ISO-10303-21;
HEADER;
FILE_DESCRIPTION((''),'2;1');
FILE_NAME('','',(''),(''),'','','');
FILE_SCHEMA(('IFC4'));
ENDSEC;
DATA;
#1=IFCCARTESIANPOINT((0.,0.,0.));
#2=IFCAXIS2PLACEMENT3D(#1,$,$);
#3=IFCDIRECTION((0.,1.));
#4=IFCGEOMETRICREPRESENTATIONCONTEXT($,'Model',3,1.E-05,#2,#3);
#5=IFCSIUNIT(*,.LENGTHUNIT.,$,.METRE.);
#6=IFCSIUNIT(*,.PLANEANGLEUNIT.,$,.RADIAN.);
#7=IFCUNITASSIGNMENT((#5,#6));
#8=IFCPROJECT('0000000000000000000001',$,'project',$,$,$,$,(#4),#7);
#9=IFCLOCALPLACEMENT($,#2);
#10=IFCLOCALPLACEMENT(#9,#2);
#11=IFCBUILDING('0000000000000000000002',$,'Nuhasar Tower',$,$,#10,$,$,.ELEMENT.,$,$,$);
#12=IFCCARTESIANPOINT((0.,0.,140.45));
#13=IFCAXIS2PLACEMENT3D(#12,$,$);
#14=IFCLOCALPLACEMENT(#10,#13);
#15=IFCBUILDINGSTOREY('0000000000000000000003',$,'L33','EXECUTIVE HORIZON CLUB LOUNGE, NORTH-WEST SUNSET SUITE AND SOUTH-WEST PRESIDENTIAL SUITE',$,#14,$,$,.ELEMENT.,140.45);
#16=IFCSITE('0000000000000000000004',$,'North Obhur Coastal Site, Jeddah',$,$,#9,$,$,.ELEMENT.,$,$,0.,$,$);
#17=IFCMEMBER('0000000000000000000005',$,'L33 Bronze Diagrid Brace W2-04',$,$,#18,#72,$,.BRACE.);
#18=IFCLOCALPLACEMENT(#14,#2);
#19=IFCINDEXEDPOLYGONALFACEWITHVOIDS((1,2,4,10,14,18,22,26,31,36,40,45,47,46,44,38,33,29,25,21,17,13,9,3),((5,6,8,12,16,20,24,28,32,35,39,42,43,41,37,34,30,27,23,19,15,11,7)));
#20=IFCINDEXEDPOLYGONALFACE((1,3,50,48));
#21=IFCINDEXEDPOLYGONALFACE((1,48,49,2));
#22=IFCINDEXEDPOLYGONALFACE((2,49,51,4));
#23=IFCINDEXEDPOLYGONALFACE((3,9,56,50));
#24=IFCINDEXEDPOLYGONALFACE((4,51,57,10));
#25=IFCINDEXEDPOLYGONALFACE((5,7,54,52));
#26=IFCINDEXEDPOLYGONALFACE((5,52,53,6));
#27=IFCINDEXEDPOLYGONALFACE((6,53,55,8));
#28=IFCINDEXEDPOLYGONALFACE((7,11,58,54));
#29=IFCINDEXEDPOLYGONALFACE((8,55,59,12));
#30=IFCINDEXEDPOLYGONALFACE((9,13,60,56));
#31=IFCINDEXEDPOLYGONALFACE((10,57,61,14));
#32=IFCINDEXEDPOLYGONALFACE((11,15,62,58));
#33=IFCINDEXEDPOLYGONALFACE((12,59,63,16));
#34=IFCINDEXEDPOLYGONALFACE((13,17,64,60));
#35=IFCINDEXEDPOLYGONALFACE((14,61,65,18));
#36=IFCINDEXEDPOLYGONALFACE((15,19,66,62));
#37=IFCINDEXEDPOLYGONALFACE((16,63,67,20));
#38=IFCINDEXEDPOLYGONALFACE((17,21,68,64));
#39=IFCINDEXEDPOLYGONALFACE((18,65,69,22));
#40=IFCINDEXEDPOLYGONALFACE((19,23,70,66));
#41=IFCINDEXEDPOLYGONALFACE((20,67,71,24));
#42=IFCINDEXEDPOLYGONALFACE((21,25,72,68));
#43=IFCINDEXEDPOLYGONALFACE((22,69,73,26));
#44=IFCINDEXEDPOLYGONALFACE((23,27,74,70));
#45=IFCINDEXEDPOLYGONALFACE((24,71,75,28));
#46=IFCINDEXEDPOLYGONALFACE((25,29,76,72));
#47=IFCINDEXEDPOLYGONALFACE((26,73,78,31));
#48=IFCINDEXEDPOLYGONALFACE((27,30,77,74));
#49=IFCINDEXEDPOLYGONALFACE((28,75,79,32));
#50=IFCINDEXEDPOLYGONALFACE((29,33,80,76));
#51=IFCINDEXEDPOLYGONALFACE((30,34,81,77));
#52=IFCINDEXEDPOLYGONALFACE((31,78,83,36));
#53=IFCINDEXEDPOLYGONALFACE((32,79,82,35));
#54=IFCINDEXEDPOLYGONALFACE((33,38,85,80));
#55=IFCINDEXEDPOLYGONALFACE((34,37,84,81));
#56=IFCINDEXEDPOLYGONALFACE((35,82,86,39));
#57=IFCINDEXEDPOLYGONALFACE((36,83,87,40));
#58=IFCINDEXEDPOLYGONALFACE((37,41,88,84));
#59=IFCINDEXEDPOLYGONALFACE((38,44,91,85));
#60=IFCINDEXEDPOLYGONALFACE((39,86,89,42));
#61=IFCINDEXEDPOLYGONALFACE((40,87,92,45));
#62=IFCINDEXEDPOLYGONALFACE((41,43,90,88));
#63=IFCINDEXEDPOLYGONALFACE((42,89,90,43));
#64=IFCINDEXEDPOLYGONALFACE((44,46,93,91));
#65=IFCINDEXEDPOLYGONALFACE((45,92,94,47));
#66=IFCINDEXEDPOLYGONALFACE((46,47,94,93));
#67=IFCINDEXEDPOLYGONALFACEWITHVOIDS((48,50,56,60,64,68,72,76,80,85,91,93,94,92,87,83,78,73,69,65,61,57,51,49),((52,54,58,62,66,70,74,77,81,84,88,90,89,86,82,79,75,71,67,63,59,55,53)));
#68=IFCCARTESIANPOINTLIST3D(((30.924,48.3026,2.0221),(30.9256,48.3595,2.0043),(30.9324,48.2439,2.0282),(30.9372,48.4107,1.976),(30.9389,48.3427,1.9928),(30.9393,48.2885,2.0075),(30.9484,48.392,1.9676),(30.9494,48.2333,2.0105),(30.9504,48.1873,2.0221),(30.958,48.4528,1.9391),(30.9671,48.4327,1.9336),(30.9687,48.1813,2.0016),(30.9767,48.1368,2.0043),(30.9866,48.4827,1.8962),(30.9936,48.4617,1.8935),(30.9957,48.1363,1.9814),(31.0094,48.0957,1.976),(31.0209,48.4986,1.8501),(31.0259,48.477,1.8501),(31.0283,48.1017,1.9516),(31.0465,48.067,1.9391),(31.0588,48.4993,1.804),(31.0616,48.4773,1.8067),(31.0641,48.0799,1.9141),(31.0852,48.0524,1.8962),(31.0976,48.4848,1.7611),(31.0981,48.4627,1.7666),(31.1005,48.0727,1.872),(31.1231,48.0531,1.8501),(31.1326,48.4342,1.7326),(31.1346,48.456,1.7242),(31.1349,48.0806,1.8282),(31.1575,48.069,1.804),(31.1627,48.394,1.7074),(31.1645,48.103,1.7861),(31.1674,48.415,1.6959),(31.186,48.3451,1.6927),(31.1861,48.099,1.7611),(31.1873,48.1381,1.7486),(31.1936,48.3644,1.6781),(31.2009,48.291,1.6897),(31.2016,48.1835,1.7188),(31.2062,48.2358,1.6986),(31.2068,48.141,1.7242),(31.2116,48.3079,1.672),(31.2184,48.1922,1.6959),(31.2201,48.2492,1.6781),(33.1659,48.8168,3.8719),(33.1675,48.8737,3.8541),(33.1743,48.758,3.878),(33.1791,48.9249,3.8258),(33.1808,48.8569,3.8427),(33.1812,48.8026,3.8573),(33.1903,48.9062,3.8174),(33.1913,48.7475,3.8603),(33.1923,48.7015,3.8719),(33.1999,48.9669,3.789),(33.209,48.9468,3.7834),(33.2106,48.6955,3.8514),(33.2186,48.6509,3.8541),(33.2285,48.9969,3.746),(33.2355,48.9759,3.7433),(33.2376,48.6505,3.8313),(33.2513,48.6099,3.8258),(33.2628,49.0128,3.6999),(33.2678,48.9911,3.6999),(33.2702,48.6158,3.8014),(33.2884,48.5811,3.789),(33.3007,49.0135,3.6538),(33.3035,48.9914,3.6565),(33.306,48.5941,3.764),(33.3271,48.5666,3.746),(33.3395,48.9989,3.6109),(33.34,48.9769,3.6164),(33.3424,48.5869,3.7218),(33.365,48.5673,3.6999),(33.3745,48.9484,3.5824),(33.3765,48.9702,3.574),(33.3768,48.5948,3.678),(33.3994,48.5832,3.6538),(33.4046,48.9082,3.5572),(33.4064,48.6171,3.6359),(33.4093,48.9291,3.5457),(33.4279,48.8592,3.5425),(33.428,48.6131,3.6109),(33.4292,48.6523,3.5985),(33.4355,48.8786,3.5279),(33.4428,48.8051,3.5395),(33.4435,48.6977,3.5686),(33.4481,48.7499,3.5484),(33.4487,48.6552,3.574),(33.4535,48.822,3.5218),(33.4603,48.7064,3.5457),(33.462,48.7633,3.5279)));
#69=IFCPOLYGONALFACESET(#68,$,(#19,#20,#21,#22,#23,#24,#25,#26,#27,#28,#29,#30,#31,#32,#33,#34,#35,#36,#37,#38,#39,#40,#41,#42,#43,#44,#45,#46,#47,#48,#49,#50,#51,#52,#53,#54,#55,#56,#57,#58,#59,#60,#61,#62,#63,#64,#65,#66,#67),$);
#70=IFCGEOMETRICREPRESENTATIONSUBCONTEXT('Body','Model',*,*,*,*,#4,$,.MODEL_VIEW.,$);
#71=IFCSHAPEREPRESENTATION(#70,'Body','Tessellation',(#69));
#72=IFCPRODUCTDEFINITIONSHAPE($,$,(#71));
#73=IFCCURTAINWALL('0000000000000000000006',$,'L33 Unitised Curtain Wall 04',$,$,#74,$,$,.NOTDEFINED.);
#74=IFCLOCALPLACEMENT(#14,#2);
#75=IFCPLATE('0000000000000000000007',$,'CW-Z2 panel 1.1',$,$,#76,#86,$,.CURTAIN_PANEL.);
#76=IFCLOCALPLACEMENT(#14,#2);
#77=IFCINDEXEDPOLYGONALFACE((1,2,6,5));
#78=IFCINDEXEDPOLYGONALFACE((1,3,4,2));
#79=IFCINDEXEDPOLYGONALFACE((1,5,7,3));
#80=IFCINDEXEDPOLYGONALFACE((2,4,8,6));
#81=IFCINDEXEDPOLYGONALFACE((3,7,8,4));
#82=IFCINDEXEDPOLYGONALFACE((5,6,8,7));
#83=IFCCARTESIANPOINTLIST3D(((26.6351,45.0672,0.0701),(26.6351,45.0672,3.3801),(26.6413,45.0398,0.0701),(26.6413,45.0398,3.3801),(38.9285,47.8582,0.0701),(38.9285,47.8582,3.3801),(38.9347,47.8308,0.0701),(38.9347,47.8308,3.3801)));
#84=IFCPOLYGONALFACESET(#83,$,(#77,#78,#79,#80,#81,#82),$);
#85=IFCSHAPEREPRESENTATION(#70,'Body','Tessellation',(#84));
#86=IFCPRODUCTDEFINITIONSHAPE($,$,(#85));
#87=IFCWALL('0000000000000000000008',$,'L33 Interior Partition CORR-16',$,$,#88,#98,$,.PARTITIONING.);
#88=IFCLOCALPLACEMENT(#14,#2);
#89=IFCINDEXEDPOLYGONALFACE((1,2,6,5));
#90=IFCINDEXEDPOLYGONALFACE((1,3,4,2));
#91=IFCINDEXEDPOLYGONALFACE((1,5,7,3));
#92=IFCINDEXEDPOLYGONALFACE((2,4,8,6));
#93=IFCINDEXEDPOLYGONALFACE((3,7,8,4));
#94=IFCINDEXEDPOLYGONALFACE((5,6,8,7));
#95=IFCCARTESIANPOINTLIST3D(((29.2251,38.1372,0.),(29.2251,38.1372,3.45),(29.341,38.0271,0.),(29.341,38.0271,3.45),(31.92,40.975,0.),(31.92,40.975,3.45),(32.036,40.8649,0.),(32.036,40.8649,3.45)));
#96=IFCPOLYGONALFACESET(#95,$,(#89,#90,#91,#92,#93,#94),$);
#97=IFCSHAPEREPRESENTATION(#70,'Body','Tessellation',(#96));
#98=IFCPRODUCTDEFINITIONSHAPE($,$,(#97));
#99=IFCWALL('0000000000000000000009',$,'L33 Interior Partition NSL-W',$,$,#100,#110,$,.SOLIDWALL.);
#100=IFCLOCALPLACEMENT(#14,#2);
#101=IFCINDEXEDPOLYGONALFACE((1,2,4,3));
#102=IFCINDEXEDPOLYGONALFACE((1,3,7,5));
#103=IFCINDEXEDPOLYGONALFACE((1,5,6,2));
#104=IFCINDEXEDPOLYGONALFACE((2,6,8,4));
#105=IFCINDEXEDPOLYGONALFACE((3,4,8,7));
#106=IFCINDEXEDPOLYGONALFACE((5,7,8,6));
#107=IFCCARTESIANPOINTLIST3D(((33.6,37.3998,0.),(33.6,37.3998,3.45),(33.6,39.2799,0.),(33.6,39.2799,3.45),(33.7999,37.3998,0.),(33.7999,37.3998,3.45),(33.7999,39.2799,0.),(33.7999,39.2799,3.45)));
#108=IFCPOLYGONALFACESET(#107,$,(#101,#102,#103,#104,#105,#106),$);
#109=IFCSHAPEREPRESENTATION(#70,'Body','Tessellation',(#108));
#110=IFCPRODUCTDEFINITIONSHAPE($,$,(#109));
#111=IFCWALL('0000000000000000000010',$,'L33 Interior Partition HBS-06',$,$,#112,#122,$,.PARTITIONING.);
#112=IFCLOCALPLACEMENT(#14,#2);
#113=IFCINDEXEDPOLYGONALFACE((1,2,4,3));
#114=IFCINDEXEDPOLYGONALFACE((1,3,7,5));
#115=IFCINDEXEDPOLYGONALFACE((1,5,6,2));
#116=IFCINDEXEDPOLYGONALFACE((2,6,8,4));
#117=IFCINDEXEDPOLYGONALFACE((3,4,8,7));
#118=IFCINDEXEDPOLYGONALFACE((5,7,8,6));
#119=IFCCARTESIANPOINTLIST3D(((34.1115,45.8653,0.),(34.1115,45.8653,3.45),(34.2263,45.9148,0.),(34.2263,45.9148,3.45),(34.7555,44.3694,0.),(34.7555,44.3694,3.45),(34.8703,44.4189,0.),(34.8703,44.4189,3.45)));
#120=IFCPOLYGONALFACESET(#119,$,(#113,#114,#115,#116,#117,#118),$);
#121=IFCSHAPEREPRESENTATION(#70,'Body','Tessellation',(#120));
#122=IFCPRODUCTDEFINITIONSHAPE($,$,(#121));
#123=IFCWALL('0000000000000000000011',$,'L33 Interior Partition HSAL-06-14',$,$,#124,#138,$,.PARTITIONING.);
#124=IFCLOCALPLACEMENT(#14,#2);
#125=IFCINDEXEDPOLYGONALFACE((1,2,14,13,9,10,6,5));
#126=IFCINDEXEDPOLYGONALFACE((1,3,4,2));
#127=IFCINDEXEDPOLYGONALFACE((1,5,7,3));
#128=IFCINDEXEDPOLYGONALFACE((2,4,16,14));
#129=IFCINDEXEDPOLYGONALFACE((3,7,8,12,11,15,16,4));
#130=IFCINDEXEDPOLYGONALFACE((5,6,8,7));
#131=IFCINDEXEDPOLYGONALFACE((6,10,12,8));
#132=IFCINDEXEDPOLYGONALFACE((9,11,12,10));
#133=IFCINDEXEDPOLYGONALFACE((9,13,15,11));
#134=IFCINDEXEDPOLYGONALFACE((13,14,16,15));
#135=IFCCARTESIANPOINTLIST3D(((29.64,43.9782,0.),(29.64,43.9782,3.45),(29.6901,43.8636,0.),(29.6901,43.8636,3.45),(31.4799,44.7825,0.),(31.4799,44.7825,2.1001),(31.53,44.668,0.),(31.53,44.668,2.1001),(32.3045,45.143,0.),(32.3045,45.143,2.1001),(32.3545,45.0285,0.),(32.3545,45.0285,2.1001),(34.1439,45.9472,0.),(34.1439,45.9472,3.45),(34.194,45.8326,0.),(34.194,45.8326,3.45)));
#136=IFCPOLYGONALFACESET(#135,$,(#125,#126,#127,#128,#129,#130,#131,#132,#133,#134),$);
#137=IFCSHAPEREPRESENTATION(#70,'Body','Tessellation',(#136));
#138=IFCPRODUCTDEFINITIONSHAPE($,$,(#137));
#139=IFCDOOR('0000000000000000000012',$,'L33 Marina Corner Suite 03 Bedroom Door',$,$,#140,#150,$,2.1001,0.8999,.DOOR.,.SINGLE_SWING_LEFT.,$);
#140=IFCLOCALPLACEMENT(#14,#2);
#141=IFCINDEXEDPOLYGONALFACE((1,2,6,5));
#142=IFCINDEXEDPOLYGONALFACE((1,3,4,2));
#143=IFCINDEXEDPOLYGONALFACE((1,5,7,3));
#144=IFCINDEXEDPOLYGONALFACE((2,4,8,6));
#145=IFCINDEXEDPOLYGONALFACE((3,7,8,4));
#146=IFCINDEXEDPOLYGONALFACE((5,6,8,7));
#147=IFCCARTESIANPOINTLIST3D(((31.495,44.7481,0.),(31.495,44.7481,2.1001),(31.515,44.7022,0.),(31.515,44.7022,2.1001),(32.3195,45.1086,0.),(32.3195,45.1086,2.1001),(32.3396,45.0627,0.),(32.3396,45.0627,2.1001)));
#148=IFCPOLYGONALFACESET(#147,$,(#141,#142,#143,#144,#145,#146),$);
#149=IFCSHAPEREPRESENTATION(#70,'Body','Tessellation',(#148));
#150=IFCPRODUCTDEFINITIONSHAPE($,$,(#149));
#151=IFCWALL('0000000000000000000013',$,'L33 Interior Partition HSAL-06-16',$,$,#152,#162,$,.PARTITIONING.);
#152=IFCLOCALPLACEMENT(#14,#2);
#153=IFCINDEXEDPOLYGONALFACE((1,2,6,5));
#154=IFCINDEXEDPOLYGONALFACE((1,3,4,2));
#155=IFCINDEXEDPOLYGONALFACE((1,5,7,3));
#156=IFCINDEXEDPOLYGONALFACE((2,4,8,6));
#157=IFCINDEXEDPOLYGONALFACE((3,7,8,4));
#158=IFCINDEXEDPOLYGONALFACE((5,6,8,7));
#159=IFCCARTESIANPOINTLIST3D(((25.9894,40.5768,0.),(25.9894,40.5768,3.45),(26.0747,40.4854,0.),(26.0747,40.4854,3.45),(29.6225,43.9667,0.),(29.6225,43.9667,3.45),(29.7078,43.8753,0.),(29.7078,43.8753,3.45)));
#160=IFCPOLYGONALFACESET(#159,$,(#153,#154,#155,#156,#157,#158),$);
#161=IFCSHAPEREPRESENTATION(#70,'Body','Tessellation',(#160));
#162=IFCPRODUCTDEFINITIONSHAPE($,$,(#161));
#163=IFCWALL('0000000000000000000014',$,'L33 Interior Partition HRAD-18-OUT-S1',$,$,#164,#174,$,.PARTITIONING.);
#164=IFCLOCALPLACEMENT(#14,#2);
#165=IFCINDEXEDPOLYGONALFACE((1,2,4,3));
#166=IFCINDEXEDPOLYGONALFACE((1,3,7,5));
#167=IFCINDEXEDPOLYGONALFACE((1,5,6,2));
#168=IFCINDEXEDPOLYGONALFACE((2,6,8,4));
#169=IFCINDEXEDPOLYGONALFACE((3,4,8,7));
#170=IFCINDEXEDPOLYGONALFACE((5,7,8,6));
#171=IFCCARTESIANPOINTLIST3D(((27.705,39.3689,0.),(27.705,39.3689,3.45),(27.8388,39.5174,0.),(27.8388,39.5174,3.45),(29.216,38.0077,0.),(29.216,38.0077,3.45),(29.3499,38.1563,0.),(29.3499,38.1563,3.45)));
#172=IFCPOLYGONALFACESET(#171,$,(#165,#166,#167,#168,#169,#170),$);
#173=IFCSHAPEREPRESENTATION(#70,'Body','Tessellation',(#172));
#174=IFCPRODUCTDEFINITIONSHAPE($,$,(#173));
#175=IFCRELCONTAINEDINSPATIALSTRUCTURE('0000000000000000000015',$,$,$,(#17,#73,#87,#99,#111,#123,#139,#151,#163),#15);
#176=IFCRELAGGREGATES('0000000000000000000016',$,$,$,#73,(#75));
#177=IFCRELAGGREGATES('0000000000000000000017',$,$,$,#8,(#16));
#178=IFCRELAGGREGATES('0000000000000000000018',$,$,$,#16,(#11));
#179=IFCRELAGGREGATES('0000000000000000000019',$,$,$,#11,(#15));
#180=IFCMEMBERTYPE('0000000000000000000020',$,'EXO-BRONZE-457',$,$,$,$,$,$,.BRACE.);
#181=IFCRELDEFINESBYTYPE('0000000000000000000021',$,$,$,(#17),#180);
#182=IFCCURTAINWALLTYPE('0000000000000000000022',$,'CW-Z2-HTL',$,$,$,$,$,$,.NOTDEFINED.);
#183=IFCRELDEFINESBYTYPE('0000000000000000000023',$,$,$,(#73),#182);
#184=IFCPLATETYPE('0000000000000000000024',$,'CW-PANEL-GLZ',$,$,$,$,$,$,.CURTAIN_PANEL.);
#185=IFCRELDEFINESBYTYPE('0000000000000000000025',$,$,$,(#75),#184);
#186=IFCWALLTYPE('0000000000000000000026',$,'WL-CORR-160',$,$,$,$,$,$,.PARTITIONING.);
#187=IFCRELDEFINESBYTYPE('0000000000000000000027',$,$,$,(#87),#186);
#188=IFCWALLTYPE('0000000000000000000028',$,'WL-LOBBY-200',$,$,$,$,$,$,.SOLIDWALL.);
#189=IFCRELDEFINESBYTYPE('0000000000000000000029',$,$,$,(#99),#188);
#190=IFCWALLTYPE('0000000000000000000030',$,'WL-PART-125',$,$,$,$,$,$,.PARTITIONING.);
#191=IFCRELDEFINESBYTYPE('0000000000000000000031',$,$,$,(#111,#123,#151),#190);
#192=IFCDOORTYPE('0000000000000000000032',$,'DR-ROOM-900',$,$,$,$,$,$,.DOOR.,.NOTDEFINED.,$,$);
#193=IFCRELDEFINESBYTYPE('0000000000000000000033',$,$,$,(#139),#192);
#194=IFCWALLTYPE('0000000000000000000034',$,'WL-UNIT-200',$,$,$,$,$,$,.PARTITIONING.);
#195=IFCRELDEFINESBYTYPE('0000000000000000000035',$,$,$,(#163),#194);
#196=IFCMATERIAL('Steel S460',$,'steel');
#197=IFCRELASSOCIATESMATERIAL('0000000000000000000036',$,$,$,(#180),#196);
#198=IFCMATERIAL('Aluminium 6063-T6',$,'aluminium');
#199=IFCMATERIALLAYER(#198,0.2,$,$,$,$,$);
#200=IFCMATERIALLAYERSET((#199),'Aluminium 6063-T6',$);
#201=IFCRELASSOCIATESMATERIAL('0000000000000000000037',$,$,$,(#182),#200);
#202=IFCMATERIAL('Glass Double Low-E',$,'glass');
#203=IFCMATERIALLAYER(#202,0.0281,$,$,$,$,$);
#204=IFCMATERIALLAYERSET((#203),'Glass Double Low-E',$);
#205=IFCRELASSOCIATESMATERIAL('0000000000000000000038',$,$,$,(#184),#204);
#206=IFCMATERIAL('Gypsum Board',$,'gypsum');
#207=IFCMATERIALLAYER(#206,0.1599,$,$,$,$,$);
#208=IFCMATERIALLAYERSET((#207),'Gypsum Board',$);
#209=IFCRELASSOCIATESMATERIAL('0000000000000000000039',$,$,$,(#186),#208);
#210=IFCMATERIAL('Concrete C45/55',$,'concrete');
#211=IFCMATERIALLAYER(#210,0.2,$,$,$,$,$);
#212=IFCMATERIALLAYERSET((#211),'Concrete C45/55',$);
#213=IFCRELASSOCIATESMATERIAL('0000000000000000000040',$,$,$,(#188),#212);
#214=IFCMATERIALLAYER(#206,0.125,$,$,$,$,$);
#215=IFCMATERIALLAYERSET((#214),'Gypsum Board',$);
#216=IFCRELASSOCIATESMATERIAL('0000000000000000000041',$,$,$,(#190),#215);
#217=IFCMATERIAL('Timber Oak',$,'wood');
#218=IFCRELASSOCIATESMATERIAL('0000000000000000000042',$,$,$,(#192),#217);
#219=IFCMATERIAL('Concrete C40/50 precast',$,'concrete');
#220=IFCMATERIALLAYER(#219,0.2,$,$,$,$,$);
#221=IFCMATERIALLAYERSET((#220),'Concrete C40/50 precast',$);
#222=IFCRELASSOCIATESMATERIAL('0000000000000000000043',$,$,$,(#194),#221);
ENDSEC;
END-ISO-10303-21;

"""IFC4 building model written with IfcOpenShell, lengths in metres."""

from ifc_helpers import new_model, si_unit, direction, frame, frame_2d, origin, origin_2d, place, context, subcontext, project, spatial, rectangle, hollow_circle, extrude, material, layer, layer_set, material_profile, profile_set, type_object, element, fill, aggregate, save


model = new_model("IFC4")

# Units and contexts
model_context = context("Model", 3, precision=1e-05, world=origin(), true_north=direction((0.0, 1.0)))
body_context = subcontext(model_context, "Body", "Model", "MODEL_VIEW")
ifc_project = project(units=[si_unit("LENGTHUNIT", "METRE"), si_unit("PLANEANGLEUNIT", "RADIAN")], contexts=[model_context])

# Site, building, storey
site_placement = place(None, origin())
site = spatial("IfcSite", under=ifc_project, at=site_placement, Name="North Obhur Coastal Site, Jeddah", CompositionType="ELEMENT", RefElevation=0.0)
building_placement = place(site_placement, origin())
building = spatial("IfcBuilding", under=site, at=building_placement, Name="Nuhasar Tower", CompositionType="ELEMENT")
storey_placement = place(building_placement, frame((0.0, 0.0, 140.45)))
storey = spatial("IfcBuildingStorey", under=building, at=storey_placement, Name="L33", Description="EXECUTIVE HORIZON CLUB LOUNGE, NORTH-WEST SUNSET SUITE AND SOUTH-WEST PRESIDENTIAL SUITE", CompositionType="ELEMENT", Elevation=140.45)

# Member
ifc_material_1 = material(Name="Steel S460", Category="steel")
ifc_material_profile_1 = material_profile(ifc_material_1, hollow_circle(Radius=0.2285, WallThickness=0.0222, at=origin_2d()), Name="HSS457X22.2")
ifc_profile_set_1 = profile_set([ifc_material_profile_1], Name="Steel S460")
member_type = type_object("IfcMemberType", Name="EXO-BRONZE-457", PredefinedType="BRACE", material=ifc_profile_set_1)
member_1_placement = place(storey_placement, frame((31.072, 48.2759, 1.8501), z_axis=(0.759539, 0.17419, 0.626704), x_axis=(-0.223534, 0.974696, 0.0)))
element("IfcMember", 1, at=member_1_placement, inside=storey, type_object=member_type, Name="L33 Bronze Diagrid Brace W2-04", PredefinedType="BRACE", context=body_context, shape_type="SweptSolid", body=[
    extrude(hollow_circle(Radius=0.2285, WallThickness=0.0222, at=origin_2d()), origin(), (0.0, 0.0, 1.0), 2.9517),
])

# Curtain wall, plate
ifc_material_2 = material(Name="Aluminium 6063-T6", Category="aluminium")
ifc_layer_1 = layer(ifc_material_2, 0.2)
ifc_layer_set_1 = layer_set([ifc_layer_1], Name="Aluminium 6063-T6")
curtain_wall_type = type_object("IfcCurtainWallType", Name="CW-Z2-HTL", PredefinedType="NOTDEFINED", material=ifc_layer_set_1)
curtain_wall_placement = place(storey_placement, origin())
curtain_wall = element("IfcCurtainWall", 2, at=curtain_wall_placement, inside=storey, type_object=curtain_wall_type, Name="L33 Unitised Curtain Wall 04", PredefinedType="NOTDEFINED")
ifc_material_3 = material(Name="Glass Double Low-E", Category="glass")
ifc_layer_2 = layer(ifc_material_3, 0.0281)
ifc_layer_set_2 = layer_set([ifc_layer_2], Name="Glass Double Low-E")
plate_type = type_object("IfcPlateType", Name="CW-PANEL-GLZ", PredefinedType="CURTAIN_PANEL", material=ifc_layer_set_2)
plate_placement = place(storey_placement, frame((32.7849, 46.449, 0.0701), z_axis=(0.0, 0.0, 1.0), x_axis=(-0.975184, -0.221397, 0.0)))
plate = element("IfcPlate", 3, at=plate_placement, type_object=plate_type, Name="CW-Z2 panel 1.1", PredefinedType="CURTAIN_PANEL", context=body_context, shape_type="SweptSolid", body=[
    extrude(rectangle(XDim=12.6062, YDim=0.0281, at=origin_2d()), origin(), (0.0, 0.0, 1.0), 3.3101),
])
aggregate(curtain_wall, [plate])

# Shared definitions
ifc_material_4 = material(Name="Gypsum Board", Category="gypsum")
ifc_layer_3 = layer(ifc_material_4, 0.1599)
ifc_layer_set_3 = layer_set([ifc_layer_3], Name="Gypsum Board")
wall_type_1 = type_object("IfcWallType", Name="WL-CORR-160", PredefinedType="PARTITIONING", material=ifc_layer_set_3)
ifc_material_5 = material(Name="Timber Oak", Category="wood")

# Walls
wall_1_placement = place(storey_placement, frame((31.978, 40.9199, 0.0), z_axis=(0.0, 0.0, 1.0), x_axis=(-0.688625, -0.725118, 0.0)))
element("IfcWall", 4, at=wall_1_placement, inside=storey, type_object=wall_type_1, Name="L33 Interior Partition CORR-16", PredefinedType="PARTITIONING", context=body_context, shape_type="SweptSolid", body=[
    extrude(rectangle(XDim=3.9136, YDim=0.1599, at=frame_2d((1.9568, 0.0))), origin(), (0.0, 0.0, 1.0), 3.45),
])
ifc_material_6 = material(Name="Concrete C45/55", Category="concrete")
ifc_layer_4 = layer(ifc_material_6, 0.2)
ifc_layer_set_4 = layer_set([ifc_layer_4], Name="Concrete C45/55")
wall_type_2 = type_object("IfcWallType", Name="WL-LOBBY-200", PredefinedType="SOLIDWALL", material=ifc_layer_set_4)
wall_2_placement = place(storey_placement, frame((33.7, 37.3999, 0.0), z_axis=(0.0, 0.0, 1.0), x_axis=(0.0, 1.0, 0.0)))
element("IfcWall", 5, at=wall_2_placement, inside=storey, type_object=wall_type_2, Name="L33 Interior Partition NSL-W", PredefinedType="SOLIDWALL", context=body_context, shape_type="SweptSolid", body=[
    extrude(rectangle(XDim=1.8801, YDim=0.2, at=frame_2d((0.9399, 0.0))), origin(), (0.0, 0.0, 1.0), 3.45),
])
ifc_layer_5 = layer(ifc_material_4, 0.125)
ifc_layer_set_5 = layer_set([ifc_layer_5], Name="Gypsum Board")
wall_type_3 = type_object("IfcWallType", Name="WL-PART-125", PredefinedType="PARTITIONING", material=ifc_layer_set_5)
wall_3_placement = place(storey_placement, frame((34.813, 44.394, 0.0), z_axis=(0.0, 0.0, 1.0), x_axis=(-0.395457, 0.918485, 0.0)))
element("IfcWall", 6, at=wall_3_placement, inside=storey, type_object=wall_type_3, Name="L33 Interior Partition HBS-06", PredefinedType="PARTITIONING", context=body_context, shape_type="SweptSolid", body=[
    extrude(rectangle(XDim=1.6287, YDim=0.125, at=frame_2d((0.8145, 0.0))), origin(), (0.0, 0.0, 1.0), 3.45),
])

# Wall, opening, door
wall_4_placement = place(storey_placement, frame((29.665, 43.9209, 0.0), z_axis=(0.0, 0.0, 1.0), x_axis=(0.916267, 0.400569, 0.0)))
wall_4 = element("IfcWall", 7, at=wall_4_placement, inside=storey, type_object=wall_type_3, Name="L33 Interior Partition HSAL-06-14", PredefinedType="PARTITIONING", context=body_context, shape_type="SweptSolid", body=[
    extrude(rectangle(XDim=4.9155, YDim=0.125, at=frame_2d((2.4578, 0.0))), origin(), (0.0, 0.0, 1.0), 3.45),
])
opening_1_placement = place(wall_4_placement, frame((2.0081, 0.0, 0.0)))
opening_1 = element("IfcOpeningElement", 8, at=opening_1_placement, cuts=wall_4, PredefinedType="OPENING", context=body_context, shape_type="SweptSolid", body=[
    extrude(rectangle(XDim=0.8999, YDim=2.1001, at=frame_2d((0.45, 1.05))), frame((0.0, 0.0725, 0.0), z_axis=(0.0, -1.0, 0.0), x_axis=(1.0, 0.0, 0.0)), (0.0, 0.0, 1.0), 0.145),
])
door_type_1 = type_object("IfcDoorType", Name="DR-ROOM-900", OperationType="NOTDEFINED", PredefinedType="DOOR", material=ifc_material_5)
door_1_placement = place(opening_1_placement, origin())
door_1 = element("IfcDoor", 9, at=door_1_placement, inside=storey, type_object=door_type_1, Name="L33 Marina Corner Suite 03 Bedroom Door", OperationType="SINGLE_SWING_LEFT", OverallHeight=2.1001, OverallWidth=0.8999, PredefinedType="DOOR", context=body_context, shape_type="SweptSolid", body=[
    extrude(rectangle(XDim=0.8999, YDim=2.1001, at=frame_2d((0.45, 1.05))), frame((0.0, 0.0249, 0.0), z_axis=(0.0, -1.0, 0.0), x_axis=(1.0, 0.0, 0.0)), (0.0, 0.0, 1.0), 0.05),
])
fill(opening_1, door_1)

# Walls
wall_5_placement = place(storey_placement, frame((29.665, 43.9209, 0.0), z_axis=(0.0, 0.0, 1.0), x_axis=(-0.731152, -0.682215, 0.0)))
element("IfcWall", 10, at=wall_5_placement, inside=storey, type_object=wall_type_3, Name="L33 Interior Partition HSAL-06-16", PredefinedType="PARTITIONING", context=body_context, shape_type="SweptSolid", body=[
    extrude(rectangle(XDim=4.969, YDim=0.125, at=frame_2d((2.4844, 0.0))), origin(), (0.0, 0.0, 1.0), 3.45),
])
ifc_material_7 = material(Name="Concrete C40/50 precast", Category="concrete")
ifc_layer_6 = layer(ifc_material_7, 0.2)
ifc_layer_set_6 = layer_set([ifc_layer_6], Name="Concrete C40/50 precast")
wall_type_4 = type_object("IfcWallType", Name="WL-UNIT-200", PredefinedType="PARTITIONING", material=ifc_layer_set_6)
wall_6_placement = place(storey_placement, frame((29.283, 38.082, 0.0), z_axis=(0.0, 0.0, 1.0), x_axis=(-0.743002, 0.66929, 0.0)))
element("IfcWall", 11, at=wall_6_placement, inside=storey, type_object=wall_type_4, Name="L33 Interior Partition HRAD-18-OUT-S1", PredefinedType="PARTITIONING", context=body_context, shape_type="SweptSolid", body=[
    extrude(rectangle(XDim=2.0337, YDim=0.2, at=frame_2d((1.0168, 0.0))), origin(), (0.0, 0.0, 1.0), 3.45),
])

save(model, "model.ifc")
